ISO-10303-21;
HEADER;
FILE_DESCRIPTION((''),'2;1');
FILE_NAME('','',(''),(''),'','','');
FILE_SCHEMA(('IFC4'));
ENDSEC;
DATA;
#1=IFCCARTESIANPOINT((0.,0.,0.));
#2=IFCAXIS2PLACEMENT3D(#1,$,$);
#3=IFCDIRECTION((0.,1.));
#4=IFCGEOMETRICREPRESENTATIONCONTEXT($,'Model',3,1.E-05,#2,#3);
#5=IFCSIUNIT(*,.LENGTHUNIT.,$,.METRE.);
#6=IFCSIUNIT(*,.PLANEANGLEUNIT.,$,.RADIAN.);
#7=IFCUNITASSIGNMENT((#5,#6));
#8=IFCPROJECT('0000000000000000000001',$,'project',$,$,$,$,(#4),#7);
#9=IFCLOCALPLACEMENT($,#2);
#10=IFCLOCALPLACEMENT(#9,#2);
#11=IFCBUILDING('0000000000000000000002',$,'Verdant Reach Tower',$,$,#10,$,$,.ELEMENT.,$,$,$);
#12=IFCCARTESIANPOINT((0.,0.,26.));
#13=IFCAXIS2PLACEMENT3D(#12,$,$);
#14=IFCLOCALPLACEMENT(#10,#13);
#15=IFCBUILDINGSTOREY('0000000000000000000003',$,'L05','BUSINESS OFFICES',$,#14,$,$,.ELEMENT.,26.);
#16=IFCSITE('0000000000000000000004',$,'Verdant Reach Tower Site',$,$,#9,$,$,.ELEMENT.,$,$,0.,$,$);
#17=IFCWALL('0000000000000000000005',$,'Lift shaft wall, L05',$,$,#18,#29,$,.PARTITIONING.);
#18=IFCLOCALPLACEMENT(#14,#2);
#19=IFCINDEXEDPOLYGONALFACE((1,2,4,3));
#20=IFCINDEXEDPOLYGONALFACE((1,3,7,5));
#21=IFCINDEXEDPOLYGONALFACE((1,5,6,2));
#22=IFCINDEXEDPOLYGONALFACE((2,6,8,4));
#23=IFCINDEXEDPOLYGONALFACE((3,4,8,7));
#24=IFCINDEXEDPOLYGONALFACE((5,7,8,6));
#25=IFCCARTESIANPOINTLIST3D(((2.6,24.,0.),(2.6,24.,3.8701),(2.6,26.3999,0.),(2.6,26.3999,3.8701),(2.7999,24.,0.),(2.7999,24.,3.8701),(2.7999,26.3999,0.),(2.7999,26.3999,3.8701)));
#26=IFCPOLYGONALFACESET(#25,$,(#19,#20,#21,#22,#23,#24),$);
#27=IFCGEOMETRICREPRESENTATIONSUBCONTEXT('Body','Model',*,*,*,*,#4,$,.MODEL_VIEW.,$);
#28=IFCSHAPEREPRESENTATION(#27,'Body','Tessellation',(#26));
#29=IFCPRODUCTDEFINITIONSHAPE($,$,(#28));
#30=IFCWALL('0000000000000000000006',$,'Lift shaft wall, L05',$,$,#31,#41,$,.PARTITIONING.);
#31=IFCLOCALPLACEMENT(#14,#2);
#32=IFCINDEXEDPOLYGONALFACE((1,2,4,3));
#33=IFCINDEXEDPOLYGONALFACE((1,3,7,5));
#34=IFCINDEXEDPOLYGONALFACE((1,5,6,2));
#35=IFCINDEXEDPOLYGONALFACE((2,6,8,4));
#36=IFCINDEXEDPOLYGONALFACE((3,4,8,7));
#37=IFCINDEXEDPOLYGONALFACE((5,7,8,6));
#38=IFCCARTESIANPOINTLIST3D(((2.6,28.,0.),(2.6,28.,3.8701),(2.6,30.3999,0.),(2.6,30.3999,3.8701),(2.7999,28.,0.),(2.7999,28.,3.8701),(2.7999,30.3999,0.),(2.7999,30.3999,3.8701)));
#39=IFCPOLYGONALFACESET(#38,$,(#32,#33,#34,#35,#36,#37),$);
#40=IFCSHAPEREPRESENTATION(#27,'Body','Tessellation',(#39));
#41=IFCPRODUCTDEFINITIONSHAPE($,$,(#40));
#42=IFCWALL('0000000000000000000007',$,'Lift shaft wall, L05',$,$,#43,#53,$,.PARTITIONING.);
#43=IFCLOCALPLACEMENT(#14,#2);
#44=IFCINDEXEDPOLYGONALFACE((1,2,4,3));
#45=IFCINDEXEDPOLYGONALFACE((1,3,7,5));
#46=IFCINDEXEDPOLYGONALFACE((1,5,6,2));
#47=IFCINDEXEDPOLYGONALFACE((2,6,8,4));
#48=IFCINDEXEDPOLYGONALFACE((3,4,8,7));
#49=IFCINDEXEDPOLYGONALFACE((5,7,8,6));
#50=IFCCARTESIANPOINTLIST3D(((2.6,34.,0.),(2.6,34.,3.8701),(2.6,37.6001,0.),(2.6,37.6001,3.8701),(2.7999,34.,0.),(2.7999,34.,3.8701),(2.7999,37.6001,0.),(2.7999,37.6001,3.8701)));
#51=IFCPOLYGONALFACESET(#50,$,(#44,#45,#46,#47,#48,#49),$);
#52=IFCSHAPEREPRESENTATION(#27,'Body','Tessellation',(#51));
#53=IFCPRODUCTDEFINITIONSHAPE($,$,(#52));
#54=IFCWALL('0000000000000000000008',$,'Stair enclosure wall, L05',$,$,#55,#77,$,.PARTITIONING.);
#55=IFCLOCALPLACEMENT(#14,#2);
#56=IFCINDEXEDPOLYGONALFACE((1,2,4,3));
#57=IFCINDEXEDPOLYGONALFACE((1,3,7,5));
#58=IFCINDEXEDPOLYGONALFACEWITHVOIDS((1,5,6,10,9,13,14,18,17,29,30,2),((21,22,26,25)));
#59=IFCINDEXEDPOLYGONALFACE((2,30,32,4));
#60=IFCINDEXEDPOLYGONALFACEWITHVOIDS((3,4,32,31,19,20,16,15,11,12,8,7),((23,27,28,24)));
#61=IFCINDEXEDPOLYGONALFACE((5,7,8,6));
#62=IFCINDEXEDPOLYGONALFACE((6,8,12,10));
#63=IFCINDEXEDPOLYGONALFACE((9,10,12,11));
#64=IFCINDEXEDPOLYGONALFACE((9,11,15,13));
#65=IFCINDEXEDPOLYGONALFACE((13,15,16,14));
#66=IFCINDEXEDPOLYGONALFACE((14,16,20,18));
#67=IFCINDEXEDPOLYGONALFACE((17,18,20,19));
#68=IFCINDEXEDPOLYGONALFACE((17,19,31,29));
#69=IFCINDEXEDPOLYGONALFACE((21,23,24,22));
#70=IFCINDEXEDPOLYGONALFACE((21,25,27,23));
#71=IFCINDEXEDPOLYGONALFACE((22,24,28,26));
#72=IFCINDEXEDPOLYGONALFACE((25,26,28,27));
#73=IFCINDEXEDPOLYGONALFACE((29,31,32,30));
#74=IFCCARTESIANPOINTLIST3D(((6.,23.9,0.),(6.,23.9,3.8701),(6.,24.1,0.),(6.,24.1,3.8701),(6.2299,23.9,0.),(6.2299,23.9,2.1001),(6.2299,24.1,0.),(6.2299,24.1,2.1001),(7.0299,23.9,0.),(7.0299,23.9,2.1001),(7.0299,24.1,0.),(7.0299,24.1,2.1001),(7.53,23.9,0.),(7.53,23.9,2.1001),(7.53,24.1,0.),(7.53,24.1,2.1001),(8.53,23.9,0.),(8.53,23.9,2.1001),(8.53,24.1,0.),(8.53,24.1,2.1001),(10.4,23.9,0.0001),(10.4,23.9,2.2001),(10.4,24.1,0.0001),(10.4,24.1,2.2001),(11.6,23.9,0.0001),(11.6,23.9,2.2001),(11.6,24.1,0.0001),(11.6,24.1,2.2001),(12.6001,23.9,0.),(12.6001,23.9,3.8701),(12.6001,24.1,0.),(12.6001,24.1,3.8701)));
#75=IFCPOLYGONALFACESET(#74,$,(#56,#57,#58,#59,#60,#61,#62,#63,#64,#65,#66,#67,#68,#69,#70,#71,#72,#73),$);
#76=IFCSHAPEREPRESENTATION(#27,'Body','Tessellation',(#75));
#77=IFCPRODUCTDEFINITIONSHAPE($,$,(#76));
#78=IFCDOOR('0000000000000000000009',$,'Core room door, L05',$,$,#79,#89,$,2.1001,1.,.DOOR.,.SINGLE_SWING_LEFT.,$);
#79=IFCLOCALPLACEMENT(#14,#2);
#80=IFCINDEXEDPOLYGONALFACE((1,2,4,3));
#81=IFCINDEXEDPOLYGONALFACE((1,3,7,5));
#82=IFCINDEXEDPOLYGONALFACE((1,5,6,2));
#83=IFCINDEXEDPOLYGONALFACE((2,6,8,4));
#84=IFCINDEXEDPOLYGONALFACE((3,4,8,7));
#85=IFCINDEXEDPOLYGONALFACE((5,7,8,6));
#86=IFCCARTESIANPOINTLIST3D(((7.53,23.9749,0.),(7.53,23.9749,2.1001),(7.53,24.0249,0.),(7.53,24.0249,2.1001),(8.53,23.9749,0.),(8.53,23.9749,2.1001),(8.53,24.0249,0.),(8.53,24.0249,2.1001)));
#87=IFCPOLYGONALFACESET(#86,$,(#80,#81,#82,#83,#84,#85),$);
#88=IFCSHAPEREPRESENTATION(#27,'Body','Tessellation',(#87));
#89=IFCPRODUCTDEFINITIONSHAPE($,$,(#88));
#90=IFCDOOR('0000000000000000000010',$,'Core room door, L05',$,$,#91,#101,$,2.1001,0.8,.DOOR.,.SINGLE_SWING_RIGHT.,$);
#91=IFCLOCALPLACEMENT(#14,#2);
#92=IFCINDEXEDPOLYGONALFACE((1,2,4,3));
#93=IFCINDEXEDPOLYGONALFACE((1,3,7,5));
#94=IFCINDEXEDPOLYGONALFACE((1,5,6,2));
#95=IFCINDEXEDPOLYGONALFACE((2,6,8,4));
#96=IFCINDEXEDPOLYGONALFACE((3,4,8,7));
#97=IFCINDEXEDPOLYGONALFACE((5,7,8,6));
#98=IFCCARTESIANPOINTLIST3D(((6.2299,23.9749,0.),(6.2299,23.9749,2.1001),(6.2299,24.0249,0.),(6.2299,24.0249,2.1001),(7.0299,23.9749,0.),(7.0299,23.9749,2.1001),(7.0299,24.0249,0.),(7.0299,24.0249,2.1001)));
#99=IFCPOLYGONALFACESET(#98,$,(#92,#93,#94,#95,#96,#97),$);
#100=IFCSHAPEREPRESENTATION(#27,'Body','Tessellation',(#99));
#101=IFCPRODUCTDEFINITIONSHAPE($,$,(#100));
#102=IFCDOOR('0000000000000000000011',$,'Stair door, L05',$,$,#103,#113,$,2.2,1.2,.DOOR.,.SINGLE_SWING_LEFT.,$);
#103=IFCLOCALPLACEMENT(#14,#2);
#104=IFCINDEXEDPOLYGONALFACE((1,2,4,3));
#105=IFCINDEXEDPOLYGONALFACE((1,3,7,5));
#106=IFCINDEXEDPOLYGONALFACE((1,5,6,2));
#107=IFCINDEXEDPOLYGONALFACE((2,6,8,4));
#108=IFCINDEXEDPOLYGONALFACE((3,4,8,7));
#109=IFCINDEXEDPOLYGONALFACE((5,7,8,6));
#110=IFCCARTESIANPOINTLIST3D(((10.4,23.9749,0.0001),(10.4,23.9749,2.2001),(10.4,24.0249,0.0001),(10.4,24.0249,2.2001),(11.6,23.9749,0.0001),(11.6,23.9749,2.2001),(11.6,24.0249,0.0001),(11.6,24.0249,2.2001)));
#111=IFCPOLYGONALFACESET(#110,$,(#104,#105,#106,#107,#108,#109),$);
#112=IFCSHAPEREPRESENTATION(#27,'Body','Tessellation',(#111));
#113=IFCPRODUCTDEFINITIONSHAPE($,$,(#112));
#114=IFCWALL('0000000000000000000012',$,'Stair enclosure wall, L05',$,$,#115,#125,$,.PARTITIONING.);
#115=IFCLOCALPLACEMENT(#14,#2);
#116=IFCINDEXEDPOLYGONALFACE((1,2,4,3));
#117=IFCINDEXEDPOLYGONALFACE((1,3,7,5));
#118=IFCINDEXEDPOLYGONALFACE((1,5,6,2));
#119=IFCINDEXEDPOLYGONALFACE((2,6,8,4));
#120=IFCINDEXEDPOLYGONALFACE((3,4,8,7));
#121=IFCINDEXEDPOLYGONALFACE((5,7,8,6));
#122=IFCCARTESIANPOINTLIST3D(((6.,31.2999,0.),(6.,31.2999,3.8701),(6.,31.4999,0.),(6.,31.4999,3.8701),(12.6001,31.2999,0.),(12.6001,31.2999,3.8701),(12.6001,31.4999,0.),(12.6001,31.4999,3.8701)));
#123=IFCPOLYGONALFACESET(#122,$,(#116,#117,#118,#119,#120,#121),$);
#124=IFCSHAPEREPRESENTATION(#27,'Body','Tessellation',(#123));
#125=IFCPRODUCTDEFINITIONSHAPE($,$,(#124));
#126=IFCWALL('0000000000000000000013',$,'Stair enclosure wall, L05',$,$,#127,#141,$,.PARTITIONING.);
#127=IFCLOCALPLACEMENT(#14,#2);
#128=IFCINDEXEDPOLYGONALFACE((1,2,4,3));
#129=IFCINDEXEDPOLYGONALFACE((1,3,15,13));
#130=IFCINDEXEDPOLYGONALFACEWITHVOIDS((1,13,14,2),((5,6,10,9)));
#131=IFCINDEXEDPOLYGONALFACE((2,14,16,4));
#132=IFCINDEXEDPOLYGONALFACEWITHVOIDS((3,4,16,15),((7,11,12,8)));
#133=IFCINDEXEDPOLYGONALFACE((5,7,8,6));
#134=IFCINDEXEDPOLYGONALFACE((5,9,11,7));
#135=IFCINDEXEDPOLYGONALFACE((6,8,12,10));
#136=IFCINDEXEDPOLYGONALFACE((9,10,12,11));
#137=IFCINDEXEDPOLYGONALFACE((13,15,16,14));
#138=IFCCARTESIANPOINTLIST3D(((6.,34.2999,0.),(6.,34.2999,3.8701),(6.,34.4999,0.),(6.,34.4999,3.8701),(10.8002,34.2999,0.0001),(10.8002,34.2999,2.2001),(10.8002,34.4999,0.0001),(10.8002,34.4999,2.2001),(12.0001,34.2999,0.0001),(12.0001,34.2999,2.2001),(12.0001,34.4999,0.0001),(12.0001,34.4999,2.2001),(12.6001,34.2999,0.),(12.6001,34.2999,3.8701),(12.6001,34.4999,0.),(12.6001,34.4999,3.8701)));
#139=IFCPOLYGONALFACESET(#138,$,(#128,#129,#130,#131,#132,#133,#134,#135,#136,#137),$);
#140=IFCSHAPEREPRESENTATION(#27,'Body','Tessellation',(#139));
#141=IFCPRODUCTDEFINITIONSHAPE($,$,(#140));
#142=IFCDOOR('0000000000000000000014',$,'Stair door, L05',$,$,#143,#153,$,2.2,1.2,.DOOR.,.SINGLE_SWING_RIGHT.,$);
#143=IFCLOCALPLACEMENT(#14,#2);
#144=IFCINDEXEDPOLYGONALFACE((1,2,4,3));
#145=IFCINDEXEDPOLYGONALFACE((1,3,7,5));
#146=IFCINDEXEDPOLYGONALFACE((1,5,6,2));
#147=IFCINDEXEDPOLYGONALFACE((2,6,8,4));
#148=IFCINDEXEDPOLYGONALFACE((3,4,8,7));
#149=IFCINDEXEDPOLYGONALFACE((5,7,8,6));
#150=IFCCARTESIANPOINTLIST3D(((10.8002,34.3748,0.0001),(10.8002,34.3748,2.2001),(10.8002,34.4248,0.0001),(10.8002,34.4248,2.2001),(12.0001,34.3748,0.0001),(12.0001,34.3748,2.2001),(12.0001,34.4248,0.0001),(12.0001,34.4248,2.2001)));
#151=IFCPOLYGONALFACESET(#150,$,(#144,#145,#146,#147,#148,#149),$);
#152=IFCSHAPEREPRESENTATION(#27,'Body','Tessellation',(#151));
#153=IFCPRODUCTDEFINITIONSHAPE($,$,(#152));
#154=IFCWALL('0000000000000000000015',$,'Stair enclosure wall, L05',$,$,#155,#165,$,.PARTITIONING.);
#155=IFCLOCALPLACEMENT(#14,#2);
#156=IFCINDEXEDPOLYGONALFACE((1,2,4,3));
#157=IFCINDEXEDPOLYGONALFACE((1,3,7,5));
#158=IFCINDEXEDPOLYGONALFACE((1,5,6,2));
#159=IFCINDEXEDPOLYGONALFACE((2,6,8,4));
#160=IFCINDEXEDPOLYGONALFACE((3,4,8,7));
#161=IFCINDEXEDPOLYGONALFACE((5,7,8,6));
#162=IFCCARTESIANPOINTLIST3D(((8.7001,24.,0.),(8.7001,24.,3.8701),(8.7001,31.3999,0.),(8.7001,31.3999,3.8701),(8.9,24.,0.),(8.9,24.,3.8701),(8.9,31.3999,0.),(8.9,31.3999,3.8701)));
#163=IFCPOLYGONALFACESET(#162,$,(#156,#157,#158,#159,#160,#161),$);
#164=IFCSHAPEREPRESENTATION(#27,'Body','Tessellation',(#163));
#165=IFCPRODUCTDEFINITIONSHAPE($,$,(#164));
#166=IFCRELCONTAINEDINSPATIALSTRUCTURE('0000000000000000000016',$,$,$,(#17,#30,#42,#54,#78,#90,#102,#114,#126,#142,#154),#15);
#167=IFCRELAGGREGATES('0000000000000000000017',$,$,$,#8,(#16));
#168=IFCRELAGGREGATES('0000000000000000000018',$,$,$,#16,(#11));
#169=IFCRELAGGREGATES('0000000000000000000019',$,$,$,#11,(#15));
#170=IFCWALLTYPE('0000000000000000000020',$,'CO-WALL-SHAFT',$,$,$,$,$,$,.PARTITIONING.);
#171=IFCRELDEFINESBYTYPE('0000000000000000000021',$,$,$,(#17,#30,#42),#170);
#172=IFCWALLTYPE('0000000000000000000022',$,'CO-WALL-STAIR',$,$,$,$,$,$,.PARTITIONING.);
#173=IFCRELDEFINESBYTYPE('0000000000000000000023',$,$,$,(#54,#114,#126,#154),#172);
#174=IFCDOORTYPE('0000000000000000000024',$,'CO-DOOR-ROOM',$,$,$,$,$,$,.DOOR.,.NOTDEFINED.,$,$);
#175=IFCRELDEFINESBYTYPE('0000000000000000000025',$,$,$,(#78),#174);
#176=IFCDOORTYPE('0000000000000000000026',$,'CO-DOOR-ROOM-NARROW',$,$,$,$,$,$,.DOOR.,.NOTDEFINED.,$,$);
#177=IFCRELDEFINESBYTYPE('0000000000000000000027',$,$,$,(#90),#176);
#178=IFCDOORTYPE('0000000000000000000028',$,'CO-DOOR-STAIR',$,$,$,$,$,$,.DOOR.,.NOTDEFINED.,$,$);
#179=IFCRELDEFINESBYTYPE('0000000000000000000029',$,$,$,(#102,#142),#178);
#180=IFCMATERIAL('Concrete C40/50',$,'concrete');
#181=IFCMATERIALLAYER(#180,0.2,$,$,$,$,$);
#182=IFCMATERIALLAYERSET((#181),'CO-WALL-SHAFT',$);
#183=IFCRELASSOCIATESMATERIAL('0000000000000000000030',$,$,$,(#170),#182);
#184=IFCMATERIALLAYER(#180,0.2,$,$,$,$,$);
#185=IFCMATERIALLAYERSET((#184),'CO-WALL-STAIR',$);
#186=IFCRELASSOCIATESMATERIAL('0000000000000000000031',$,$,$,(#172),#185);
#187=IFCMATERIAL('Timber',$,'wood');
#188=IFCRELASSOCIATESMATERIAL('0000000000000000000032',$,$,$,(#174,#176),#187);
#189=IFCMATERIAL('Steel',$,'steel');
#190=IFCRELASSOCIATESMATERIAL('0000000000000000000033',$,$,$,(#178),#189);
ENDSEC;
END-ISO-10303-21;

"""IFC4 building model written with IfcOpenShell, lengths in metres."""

from ifc_helpers import new_model, si_unit, direction, frame, frame_2d, origin, place, context, subcontext, project, spatial, rectangle, extrude, material, layer, layer_set, type_object, element, fill, save


model = new_model("IFC4")

# Units and contexts
model_context = context("Model", 3, precision=1e-05, world=origin(), true_north=direction((0.0, 1.0)))
body_context = subcontext(model_context, "Body", "Model", "MODEL_VIEW")
ifc_project = project(units=[si_unit("LENGTHUNIT", "METRE"), si_unit("PLANEANGLEUNIT", "RADIAN")], contexts=[model_context])

# Site, building, storey
site_placement = place(None, origin())
site = spatial("IfcSite", under=ifc_project, at=site_placement, Name="Verdant Reach Tower Site", CompositionType="ELEMENT", RefElevation=0.0)
building_placement = place(site_placement, origin())
building = spatial("IfcBuilding", under=site, at=building_placement, Name="Verdant Reach Tower", CompositionType="ELEMENT")
storey_placement = place(building_placement, frame((0.0, 0.0, 26.0)))
storey = spatial("IfcBuildingStorey", under=building, at=storey_placement, Name="L05", Description="BUSINESS OFFICES", CompositionType="ELEMENT", Elevation=26.0)

# Walls
ifc_material_1 = material(Name="Concrete C40/50", Category="concrete")
ifc_layer_1 = layer(ifc_material_1, 0.2)
ifc_layer_set_1 = layer_set([ifc_layer_1], Name="CO-WALL-SHAFT")
wall_type_1 = type_object("IfcWallType", Name="CO-WALL-SHAFT", PredefinedType="PARTITIONING", material=ifc_layer_set_1)
for number, where, z_axis, x_axis, name in (
    (1, (2.7, 24.0, 0.0), (0.0, 0.0, 1.0), (0.0, 1.0, 0.0), "Lift shaft wall, L05"),
    (2, (2.7, 28.0, 0.0), (0.0, 0.0, 1.0), (0.0, 1.0, 0.0), "Lift shaft wall, L05"),
):
    element("IfcWall", number, at=place(storey_placement, frame(where, z_axis=z_axis, x_axis=x_axis)), inside=storey, type_object=wall_type_1, Name=name, PredefinedType="PARTITIONING", context=body_context, shape_type="SweptSolid", body=[
        extrude(rectangle(XDim=2.3999, YDim=0.2, at=frame_2d((1.2, 0.0))), origin(), (0.0, 0.0, 1.0), 3.8701),
    ])
wall_1_placement = place(storey_placement, frame((2.7, 34.0, 0.0), z_axis=(0.0, 0.0, 1.0), x_axis=(0.0, 1.0, 0.0)))
element("IfcWall", 3, at=wall_1_placement, inside=storey, type_object=wall_type_1, Name="Lift shaft wall, L05", PredefinedType="PARTITIONING", context=body_context, shape_type="SweptSolid", body=[
    extrude(rectangle(XDim=3.6001, YDim=0.2, at=frame_2d((1.8, 0.0))), origin(), (0.0, 0.0, 1.0), 3.8701),
])

# Wall, openings, doors
ifc_layer_2 = layer(ifc_material_1, 0.2)
ifc_layer_set_2 = layer_set([ifc_layer_2], Name="CO-WALL-STAIR")
wall_type_2 = type_object("IfcWallType", Name="CO-WALL-STAIR", PredefinedType="PARTITIONING", material=ifc_layer_set_2)
wall_2_placement = place(storey_placement, frame((6.0, 24.0, 0.0), z_axis=(0.0, 0.0, 1.0), x_axis=(1.0, 0.0, 0.0)))
wall_2 = element("IfcWall", 4, at=wall_2_placement, inside=storey, type_object=wall_type_2, Name="Stair enclosure wall, L05", PredefinedType="PARTITIONING", context=body_context, shape_type="SweptSolid", body=[
    extrude(rectangle(XDim=6.6001, YDim=0.2, at=frame_2d((3.3, 0.0))), origin(), (0.0, 0.0, 1.0), 3.8701),
])
opening_1_placement = place(wall_2_placement, frame((0.23, 0.0, 0.0)))
opening_1 = element("IfcOpeningElement", 5, at=opening_1_placement, cuts=wall_2, PredefinedType="OPENING", context=body_context, shape_type="SweptSolid", body=[
    extrude(rectangle(XDim=0.8, YDim=2.1001, at=frame_2d((0.3999, 1.05))), frame((0.0, 0.1099, 0.0), z_axis=(0.0, -1.0, 0.0), x_axis=(1.0, 0.0, 0.0)), (0.0, 0.0, 1.0), 0.22),
])
opening_2_placement = place(wall_2_placement, frame((1.53, 0.0, 0.0)))
opening_2 = element("IfcOpeningElement", 6, at=opening_2_placement, cuts=wall_2, PredefinedType="OPENING", context=body_context, shape_type="SweptSolid", body=[
    extrude(rectangle(XDim=1.0, YDim=2.1001, at=frame_2d((0.5, 1.05))), frame((0.0, 0.1099, 0.0), z_axis=(0.0, -1.0, 0.0), x_axis=(1.0, 0.0, 0.0)), (0.0, 0.0, 1.0), 0.22),
])
opening_3_placement = place(wall_2_placement, frame((4.3999, 0.0, 0.0)))
opening_3 = element("IfcOpeningElement", 7, at=opening_3_placement, cuts=wall_2, PredefinedType="OPENING", context=body_context, shape_type="SweptSolid", body=[
    extrude(rectangle(XDim=1.2, YDim=2.2, at=frame_2d((0.6001, 1.1001))), frame((0.0, 0.1099, 0.0), z_axis=(0.0, -1.0, 0.0), x_axis=(1.0, 0.0, 0.0)), (0.0, 0.0, 1.0), 0.22),
])
ifc_material_2 = material(Name="Timber", Category="wood")
door_type_1 = type_object("IfcDoorType", Name="CO-DOOR-ROOM", OperationType="NOTDEFINED", PredefinedType="DOOR", material=ifc_material_2)
door_1_placement = place(opening_2_placement, origin())
door_1 = element("IfcDoor", 8, at=door_1_placement, inside=storey, type_object=door_type_1, Name="Core room door, L05", OperationType="SINGLE_SWING_LEFT", OverallHeight=2.1001, OverallWidth=1.0, PredefinedType="DOOR", context=body_context, shape_type="SweptSolid", body=[
    extrude(rectangle(XDim=1.0, YDim=2.1001, at=frame_2d((0.5, 1.05))), frame((0.0, 0.0249, 0.0), z_axis=(0.0, -1.0, 0.0), x_axis=(1.0, 0.0, 0.0)), (0.0, 0.0, 1.0), 0.05),
])
fill(opening_2, door_1)
door_type_2 = type_object("IfcDoorType", Name="CO-DOOR-ROOM-NARROW", OperationType="NOTDEFINED", PredefinedType="DOOR", material=ifc_material_2)
door_2_placement = place(opening_1_placement, origin())
door_2 = element("IfcDoor", 9, at=door_2_placement, inside=storey, type_object=door_type_2, Name="Core room door, L05", OperationType="SINGLE_SWING_RIGHT", OverallHeight=2.1001, OverallWidth=0.8, PredefinedType="DOOR", context=body_context, shape_type="SweptSolid", body=[
    extrude(rectangle(XDim=0.8, YDim=2.1001, at=frame_2d((0.3999, 1.05))), frame((0.0, 0.0249, 0.0), z_axis=(0.0, -1.0, 0.0), x_axis=(1.0, 0.0, 0.0)), (0.0, 0.0, 1.0), 0.05),
])
fill(opening_1, door_2)
ifc_material_3 = material(Name="Steel", Category="steel")
door_type_3 = type_object("IfcDoorType", Name="CO-DOOR-STAIR", OperationType="NOTDEFINED", PredefinedType="DOOR", material=ifc_material_3)
door_3_placement = place(opening_3_placement, origin())
door_3 = element("IfcDoor", 10, at=door_3_placement, inside=storey, type_object=door_type_3, Name="Stair door, L05", OperationType="SINGLE_SWING_LEFT", OverallHeight=2.2, OverallWidth=1.2, PredefinedType="DOOR", context=body_context, shape_type="SweptSolid", body=[
    extrude(rectangle(XDim=1.2, YDim=2.2, at=frame_2d((0.6001, 1.1001))), frame((0.0, 0.0249, 0.0), z_axis=(0.0, -1.0, 0.0), x_axis=(1.0, 0.0, 0.0)), (0.0, 0.0, 1.0), 0.05),
])
fill(opening_3, door_3)

# Wall
wall_3_placement = place(storey_placement, frame((6.0, 31.3999, 0.0), z_axis=(0.0, 0.0, 1.0), x_axis=(1.0, 0.0, 0.0)))
element("IfcWall", 11, at=wall_3_placement, inside=storey, type_object=wall_type_2, Name="Stair enclosure wall, L05", PredefinedType="PARTITIONING", context=body_context, shape_type="SweptSolid", body=[
    extrude(rectangle(XDim=6.6001, YDim=0.2, at=frame_2d((3.3, 0.0))), origin(), (0.0, 0.0, 1.0), 3.8701),
])

# Wall, opening, door
wall_4_placement = place(storey_placement, frame((6.0, 34.3999, 0.0), z_axis=(0.0, 0.0, 1.0), x_axis=(1.0, 0.0, 0.0)))
wall_4 = element("IfcWall", 12, at=wall_4_placement, inside=storey, type_object=wall_type_2, Name="Stair enclosure wall, L05", PredefinedType="PARTITIONING", context=body_context, shape_type="SweptSolid", body=[
    extrude(rectangle(XDim=6.6001, YDim=0.2, at=frame_2d((3.3, 0.0))), origin(), (0.0, 0.0, 1.0), 3.8701),
])
opening_4_placement = place(wall_4_placement, frame((4.8, 0.0, 0.0)))
opening_4 = element("IfcOpeningElement", 13, at=opening_4_placement, cuts=wall_4, PredefinedType="OPENING", context=body_context, shape_type="SweptSolid", body=[
    extrude(rectangle(XDim=1.2, YDim=2.2, at=frame_2d((0.6001, 1.1001))), frame((0.0, 0.1099, 0.0), z_axis=(0.0, -1.0, 0.0), x_axis=(1.0, 0.0, 0.0)), (0.0, 0.0, 1.0), 0.22),
])
door_4_placement = place(opening_4_placement, origin())
door_4 = element("IfcDoor", 14, at=door_4_placement, inside=storey, type_object=door_type_3, Name="Stair door, L05", OperationType="SINGLE_SWING_RIGHT", OverallHeight=2.2, OverallWidth=1.2, PredefinedType="DOOR", context=body_context, shape_type="SweptSolid", body=[
    extrude(rectangle(XDim=1.2, YDim=2.2, at=frame_2d((0.6001, 1.1001))), frame((0.0, 0.0249, 0.0), z_axis=(0.0, -1.0, 0.0), x_axis=(1.0, 0.0, 0.0)), (0.0, 0.0, 1.0), 0.05),
])
fill(opening_4, door_4)

# Wall
wall_5_placement = place(storey_placement, frame((8.8, 24.0, 0.0), z_axis=(0.0, 0.0, 1.0), x_axis=(0.0, 1.0, 0.0)))
element("IfcWall", 15, at=wall_5_placement, inside=storey, type_object=wall_type_2, Name="Stair enclosure wall, L05", PredefinedType="PARTITIONING", context=body_context, shape_type="SweptSolid", body=[
    extrude(rectangle(XDim=7.3999, YDim=0.2, at=frame_2d((3.7, 0.0))), origin(), (0.0, 0.0, 1.0), 3.8701),
])

save(model, "model.ifc")
